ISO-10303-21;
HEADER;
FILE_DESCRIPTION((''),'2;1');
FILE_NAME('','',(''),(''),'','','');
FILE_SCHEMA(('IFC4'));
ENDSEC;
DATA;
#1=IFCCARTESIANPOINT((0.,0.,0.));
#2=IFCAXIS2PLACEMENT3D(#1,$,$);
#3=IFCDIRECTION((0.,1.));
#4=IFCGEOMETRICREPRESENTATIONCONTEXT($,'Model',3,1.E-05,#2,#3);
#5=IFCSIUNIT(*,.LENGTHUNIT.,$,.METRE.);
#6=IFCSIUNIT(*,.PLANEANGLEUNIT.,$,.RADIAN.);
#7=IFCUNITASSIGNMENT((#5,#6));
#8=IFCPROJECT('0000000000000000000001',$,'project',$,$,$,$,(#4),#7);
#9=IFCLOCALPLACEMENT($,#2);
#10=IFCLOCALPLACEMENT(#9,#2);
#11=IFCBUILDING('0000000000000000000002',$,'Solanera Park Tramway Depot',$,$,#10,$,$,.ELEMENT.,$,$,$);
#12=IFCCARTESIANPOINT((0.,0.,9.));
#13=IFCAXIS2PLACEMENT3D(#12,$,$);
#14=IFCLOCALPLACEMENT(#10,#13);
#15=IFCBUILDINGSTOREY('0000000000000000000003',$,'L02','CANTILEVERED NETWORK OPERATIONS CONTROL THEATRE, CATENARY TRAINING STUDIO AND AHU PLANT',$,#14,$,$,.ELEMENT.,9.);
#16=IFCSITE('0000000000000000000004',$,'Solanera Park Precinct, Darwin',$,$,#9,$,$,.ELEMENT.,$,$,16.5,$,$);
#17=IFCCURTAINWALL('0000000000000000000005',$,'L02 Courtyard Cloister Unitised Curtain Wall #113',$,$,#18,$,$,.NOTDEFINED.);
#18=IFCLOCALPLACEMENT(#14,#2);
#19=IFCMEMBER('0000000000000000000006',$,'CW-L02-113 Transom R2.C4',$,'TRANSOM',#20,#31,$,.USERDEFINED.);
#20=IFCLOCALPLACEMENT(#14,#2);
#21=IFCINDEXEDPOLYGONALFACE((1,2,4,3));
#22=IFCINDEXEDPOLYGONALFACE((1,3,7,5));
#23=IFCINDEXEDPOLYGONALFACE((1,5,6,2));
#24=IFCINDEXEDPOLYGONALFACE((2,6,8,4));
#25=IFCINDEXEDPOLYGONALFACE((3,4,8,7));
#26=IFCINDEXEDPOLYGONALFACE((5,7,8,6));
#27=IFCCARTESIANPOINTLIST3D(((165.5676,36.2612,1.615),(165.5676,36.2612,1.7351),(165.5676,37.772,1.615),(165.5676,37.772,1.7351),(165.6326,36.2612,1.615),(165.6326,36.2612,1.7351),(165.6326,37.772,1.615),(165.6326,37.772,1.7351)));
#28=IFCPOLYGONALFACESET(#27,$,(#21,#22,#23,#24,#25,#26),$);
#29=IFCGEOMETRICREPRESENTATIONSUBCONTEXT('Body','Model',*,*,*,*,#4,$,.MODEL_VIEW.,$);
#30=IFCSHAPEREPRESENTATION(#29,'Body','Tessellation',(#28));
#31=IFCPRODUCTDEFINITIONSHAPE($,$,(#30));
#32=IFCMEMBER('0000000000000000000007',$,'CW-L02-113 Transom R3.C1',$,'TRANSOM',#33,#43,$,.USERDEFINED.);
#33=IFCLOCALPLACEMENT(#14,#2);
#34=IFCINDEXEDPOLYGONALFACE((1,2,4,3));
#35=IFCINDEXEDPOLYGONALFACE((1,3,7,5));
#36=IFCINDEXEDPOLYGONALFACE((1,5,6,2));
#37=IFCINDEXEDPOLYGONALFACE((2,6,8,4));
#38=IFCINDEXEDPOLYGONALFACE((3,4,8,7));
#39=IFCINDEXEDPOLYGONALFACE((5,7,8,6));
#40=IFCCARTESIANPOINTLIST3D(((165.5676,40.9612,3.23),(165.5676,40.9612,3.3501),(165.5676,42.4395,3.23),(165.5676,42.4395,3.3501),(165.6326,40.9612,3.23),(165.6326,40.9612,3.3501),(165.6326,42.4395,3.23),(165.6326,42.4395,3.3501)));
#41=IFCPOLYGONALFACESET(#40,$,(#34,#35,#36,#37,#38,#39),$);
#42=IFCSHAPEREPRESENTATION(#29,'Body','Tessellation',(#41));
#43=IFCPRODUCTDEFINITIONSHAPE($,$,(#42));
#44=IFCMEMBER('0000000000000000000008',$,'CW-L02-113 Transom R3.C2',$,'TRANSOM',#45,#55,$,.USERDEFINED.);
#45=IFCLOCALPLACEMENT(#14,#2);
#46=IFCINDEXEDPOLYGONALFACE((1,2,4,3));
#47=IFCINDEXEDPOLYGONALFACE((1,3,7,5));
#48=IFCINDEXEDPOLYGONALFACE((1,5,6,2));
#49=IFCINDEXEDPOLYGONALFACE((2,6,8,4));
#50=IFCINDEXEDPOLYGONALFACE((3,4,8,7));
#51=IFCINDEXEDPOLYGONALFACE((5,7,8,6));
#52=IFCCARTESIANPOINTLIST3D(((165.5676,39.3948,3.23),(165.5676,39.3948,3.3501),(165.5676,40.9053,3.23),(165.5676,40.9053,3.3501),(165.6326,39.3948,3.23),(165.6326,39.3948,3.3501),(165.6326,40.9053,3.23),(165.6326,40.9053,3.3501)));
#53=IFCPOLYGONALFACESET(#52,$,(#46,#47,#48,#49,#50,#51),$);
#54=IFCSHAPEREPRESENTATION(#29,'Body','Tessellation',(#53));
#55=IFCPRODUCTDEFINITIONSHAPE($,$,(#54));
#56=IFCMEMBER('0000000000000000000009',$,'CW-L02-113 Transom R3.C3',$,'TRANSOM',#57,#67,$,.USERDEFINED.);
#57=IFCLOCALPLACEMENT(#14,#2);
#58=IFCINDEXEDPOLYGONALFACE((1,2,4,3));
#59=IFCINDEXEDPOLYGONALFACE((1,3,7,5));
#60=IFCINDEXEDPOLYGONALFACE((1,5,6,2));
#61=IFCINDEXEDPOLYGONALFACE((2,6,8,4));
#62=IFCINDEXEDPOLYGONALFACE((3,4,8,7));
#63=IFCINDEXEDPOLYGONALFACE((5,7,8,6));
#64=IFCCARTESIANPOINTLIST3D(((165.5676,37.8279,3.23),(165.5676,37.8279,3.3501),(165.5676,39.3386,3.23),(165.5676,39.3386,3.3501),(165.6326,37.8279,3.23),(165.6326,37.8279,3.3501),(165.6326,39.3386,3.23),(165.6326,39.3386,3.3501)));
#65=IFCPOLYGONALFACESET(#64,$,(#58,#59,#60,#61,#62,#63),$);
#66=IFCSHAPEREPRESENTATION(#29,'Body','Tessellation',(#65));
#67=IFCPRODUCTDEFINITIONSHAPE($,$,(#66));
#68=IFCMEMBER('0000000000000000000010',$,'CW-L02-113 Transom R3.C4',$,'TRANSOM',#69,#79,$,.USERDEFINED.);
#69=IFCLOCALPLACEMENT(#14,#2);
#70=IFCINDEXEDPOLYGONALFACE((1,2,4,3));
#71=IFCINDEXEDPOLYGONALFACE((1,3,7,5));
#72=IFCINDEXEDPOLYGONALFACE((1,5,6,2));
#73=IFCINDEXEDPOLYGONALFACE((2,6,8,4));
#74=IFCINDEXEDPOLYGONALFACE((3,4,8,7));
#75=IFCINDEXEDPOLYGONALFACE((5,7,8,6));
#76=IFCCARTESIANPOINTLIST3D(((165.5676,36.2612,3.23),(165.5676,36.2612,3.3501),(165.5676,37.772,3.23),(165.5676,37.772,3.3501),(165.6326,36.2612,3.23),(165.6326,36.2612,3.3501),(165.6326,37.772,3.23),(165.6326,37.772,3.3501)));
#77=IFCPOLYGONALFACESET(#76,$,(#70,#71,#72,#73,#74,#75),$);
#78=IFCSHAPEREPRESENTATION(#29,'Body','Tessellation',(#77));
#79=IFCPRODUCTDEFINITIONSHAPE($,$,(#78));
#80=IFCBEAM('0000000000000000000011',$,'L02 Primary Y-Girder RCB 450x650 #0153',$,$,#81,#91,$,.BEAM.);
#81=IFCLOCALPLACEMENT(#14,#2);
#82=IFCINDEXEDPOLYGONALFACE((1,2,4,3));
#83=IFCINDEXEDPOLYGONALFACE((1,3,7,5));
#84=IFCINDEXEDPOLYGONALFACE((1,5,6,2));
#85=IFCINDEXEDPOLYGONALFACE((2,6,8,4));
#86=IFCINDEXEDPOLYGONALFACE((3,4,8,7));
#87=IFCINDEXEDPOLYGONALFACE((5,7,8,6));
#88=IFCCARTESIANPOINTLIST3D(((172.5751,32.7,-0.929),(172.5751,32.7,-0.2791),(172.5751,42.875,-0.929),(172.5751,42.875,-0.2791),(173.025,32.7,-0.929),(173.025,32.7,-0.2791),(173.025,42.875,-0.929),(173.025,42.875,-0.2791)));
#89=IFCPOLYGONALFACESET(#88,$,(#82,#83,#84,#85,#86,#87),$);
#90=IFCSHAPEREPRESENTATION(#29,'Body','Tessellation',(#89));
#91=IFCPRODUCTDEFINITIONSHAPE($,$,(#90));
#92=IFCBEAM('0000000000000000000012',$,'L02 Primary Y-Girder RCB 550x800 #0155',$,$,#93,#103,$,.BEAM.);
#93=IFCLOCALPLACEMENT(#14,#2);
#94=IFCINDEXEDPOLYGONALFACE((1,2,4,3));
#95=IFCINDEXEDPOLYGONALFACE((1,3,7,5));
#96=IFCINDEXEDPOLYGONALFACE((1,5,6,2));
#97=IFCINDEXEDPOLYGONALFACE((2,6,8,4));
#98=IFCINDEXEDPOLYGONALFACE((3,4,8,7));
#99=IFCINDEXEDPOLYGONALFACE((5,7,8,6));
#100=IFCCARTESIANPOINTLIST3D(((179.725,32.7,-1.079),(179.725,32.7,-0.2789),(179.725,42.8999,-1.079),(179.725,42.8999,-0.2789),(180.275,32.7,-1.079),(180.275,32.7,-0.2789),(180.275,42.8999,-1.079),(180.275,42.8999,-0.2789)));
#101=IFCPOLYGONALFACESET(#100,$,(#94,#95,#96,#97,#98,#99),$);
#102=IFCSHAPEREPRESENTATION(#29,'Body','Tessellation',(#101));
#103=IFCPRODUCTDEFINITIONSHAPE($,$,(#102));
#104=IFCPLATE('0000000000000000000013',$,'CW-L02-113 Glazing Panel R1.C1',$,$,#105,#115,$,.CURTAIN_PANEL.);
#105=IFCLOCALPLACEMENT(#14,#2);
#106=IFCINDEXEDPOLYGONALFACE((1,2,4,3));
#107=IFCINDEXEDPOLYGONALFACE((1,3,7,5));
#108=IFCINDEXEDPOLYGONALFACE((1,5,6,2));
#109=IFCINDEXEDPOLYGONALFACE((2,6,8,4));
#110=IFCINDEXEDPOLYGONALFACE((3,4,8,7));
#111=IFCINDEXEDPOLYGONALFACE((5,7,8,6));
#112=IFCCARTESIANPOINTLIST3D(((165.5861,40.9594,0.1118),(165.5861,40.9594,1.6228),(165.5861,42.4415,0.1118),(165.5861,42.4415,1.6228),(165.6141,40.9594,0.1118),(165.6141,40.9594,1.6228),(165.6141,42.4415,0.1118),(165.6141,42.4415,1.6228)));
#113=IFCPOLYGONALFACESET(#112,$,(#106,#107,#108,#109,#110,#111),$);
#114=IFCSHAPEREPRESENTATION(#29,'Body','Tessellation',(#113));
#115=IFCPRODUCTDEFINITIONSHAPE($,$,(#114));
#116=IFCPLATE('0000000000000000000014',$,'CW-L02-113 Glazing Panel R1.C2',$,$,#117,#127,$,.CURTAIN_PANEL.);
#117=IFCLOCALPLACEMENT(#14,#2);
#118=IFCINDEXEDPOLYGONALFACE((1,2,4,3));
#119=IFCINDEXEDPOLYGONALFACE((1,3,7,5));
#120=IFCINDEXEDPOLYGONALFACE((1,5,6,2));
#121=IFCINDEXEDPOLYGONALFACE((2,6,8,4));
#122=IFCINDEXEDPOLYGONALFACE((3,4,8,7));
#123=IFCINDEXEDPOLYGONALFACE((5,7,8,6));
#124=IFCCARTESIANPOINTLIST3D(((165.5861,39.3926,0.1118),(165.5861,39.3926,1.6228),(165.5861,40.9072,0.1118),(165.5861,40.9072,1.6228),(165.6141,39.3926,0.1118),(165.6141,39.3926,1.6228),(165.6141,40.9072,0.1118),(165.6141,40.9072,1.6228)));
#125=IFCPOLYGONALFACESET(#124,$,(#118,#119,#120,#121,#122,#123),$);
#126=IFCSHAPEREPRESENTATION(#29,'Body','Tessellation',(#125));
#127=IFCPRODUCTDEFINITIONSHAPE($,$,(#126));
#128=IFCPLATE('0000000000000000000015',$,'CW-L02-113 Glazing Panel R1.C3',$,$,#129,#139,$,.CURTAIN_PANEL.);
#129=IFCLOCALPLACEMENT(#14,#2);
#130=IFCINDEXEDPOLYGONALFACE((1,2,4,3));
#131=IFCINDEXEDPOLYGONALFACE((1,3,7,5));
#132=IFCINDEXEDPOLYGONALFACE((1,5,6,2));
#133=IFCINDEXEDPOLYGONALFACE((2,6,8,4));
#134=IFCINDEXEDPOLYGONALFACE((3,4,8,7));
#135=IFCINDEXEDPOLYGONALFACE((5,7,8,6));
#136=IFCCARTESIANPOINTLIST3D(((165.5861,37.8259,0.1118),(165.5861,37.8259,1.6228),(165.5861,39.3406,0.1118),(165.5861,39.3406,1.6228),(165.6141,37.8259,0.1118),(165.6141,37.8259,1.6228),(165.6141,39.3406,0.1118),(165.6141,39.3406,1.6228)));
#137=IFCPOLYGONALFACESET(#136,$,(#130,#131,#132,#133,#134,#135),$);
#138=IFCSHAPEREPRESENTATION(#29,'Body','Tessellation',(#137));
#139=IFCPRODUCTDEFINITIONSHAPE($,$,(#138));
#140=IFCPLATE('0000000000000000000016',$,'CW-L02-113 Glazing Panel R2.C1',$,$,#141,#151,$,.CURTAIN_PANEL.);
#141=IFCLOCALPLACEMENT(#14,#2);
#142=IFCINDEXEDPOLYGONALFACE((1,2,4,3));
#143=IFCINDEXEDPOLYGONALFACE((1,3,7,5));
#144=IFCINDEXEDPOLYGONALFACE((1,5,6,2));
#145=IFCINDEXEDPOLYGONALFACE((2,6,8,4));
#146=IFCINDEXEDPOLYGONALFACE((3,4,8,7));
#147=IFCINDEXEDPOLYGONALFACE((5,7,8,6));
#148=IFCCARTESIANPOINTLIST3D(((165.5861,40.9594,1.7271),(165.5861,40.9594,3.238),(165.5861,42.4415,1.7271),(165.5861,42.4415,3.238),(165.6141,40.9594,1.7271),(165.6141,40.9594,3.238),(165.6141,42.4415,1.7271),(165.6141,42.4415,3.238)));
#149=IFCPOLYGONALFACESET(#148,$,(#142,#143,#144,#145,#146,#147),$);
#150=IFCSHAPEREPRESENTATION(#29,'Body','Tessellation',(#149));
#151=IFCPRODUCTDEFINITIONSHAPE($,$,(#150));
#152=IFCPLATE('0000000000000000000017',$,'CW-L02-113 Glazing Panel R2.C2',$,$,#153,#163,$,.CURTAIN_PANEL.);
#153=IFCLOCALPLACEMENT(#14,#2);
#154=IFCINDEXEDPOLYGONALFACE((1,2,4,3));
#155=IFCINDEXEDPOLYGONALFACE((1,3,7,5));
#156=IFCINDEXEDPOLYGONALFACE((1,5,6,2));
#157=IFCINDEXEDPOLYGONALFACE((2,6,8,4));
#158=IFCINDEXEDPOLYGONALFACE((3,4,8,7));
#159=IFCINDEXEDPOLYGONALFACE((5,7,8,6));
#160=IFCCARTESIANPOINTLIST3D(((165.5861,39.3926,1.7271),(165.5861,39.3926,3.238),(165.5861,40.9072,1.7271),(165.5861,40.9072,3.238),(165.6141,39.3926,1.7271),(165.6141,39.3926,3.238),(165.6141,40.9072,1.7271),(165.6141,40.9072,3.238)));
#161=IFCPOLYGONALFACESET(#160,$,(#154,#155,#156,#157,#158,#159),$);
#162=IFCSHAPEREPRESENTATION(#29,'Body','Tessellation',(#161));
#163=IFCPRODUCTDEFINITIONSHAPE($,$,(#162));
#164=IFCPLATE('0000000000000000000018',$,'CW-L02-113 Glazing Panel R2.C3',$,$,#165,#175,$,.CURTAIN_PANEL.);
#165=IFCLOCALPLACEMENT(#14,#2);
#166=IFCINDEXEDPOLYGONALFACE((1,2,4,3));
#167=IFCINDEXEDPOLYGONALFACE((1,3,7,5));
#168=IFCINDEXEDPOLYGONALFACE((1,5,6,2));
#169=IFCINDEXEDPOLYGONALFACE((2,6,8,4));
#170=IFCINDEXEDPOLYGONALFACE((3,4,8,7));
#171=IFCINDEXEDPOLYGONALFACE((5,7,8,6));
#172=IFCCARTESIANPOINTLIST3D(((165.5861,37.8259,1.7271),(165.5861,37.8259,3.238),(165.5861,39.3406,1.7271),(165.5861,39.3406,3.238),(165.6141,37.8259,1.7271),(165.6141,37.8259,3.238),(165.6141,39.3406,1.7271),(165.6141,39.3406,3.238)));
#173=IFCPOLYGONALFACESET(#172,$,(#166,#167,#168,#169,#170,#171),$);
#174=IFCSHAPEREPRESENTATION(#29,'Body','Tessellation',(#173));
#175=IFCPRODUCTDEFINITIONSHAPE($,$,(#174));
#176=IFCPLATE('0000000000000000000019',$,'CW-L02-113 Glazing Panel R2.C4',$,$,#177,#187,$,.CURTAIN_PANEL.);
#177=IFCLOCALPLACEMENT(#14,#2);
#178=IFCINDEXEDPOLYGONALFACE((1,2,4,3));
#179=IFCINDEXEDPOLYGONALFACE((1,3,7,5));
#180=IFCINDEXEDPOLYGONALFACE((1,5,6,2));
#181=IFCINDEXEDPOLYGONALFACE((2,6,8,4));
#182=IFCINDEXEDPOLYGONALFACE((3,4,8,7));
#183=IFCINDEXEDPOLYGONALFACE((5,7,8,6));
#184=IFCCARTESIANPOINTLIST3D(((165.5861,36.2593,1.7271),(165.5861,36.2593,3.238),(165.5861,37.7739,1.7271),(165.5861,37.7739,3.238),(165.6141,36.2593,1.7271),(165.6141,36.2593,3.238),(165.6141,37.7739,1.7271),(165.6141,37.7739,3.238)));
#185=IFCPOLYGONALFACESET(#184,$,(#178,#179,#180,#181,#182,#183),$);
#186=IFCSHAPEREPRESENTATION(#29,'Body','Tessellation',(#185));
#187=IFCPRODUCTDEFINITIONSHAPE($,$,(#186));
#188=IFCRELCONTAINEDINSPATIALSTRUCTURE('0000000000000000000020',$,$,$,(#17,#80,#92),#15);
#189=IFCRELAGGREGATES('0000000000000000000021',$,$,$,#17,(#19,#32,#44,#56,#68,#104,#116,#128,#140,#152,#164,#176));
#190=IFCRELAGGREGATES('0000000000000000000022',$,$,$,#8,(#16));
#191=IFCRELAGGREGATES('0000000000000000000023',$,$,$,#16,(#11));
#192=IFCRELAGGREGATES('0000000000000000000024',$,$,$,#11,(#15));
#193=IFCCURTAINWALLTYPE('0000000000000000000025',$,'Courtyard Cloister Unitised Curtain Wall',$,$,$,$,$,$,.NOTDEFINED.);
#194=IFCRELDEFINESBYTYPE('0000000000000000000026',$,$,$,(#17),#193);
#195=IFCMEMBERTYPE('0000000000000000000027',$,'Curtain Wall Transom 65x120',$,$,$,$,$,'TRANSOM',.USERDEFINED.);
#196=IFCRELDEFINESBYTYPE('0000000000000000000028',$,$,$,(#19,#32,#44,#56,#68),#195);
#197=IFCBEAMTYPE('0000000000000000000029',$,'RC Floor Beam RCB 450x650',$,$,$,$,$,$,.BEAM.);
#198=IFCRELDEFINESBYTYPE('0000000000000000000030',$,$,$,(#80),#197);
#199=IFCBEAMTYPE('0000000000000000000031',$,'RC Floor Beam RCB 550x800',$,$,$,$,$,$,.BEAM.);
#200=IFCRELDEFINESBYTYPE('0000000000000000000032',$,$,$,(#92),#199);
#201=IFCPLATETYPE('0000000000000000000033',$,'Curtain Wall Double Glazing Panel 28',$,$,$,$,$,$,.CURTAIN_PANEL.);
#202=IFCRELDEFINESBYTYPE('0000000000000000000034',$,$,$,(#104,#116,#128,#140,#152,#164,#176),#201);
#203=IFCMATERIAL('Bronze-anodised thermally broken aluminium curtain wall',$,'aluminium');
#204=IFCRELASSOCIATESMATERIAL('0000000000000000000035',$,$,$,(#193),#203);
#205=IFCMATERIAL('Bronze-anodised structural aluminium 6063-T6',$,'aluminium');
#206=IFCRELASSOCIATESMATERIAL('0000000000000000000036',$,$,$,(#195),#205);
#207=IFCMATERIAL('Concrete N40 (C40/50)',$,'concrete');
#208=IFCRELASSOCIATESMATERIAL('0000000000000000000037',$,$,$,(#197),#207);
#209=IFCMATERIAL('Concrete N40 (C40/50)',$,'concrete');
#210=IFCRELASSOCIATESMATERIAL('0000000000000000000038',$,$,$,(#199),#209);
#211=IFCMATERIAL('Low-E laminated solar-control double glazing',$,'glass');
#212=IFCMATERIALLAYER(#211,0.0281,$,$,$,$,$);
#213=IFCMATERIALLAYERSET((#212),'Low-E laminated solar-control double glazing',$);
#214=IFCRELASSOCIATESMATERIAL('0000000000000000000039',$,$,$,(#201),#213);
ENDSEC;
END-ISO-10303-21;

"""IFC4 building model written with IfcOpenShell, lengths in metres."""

from ifc_helpers import new_model, si_unit, direction, frame, origin, origin_2d, place, context, subcontext, project, spatial, rectangle, extrude, material, layer, layer_set, material_profile, profile_set, type_object, element, aggregate, save


model = new_model("IFC4")

# Units and contexts
model_context = context("Model", 3, precision=1e-05, world=origin(), true_north=direction((0.0, 1.0)))
body_context = subcontext(model_context, "Body", "Model", "MODEL_VIEW")
ifc_project = project(units=[si_unit("LENGTHUNIT", "METRE"), si_unit("PLANEANGLEUNIT", "RADIAN")], contexts=[model_context])

# Site, building, storey
site_placement = place(None, origin())
site = spatial("IfcSite", under=ifc_project, at=site_placement, Name="Solanera Park Precinct, Darwin", CompositionType="ELEMENT", RefElevation=16.5)
building_placement = place(site_placement, origin())
building = spatial("IfcBuilding", under=site, at=building_placement, Name="Solanera Park Tramway Depot", CompositionType="ELEMENT")
storey_placement = place(building_placement, frame((0.0, 0.0, 9.0)))
storey = spatial("IfcBuildingStorey", under=building, at=storey_placement, Name="L02", Description="CANTILEVERED NETWORK OPERATIONS CONTROL THEATRE, CATENARY TRAINING STUDIO AND AHU PLANT", CompositionType="ELEMENT", Elevation=9.0)

# Curtain wall, members
ifc_material_1 = material(Name="Bronze-anodised thermally broken aluminium curtain wall", Category="aluminium")
curtain_wall_type = type_object("IfcCurtainWallType", Name="Courtyard Cloister Unitised Curtain Wall", PredefinedType="NOTDEFINED", material=ifc_material_1)
curtain_wall_placement = place(storey_placement, origin())
curtain_wall = element("IfcCurtainWall", 1, at=curtain_wall_placement, inside=storey, type_object=curtain_wall_type, Name="L02 Courtyard Cloister Unitised Curtain Wall #113", PredefinedType="NOTDEFINED")
ifc_material_2 = material(Name="Bronze-anodised structural aluminium 6063-T6", Category="aluminium")
ifc_material_profile_1 = material_profile(ifc_material_2, rectangle(XDim=0.0649, YDim=0.1201, at=origin_2d()), Name="Curtain Wall Transom 65x120")
ifc_profile_set_1 = profile_set([ifc_material_profile_1], Name="Bronze-anodised structural aluminium 6063-T6")
member_type_1 = type_object("IfcMemberType", Name="Curtain Wall Transom 65x120", ElementType="TRANSOM", PredefinedType="USERDEFINED", material=ifc_profile_set_1)
member_1_placement = place(storey_placement, frame((165.6001, 37.772, 1.675), z_axis=(0.0, -1.0, 0.0), x_axis=(1.0, 0.0, 0.0)))
member_1 = element("IfcMember", 2, at=member_1_placement, type_object=member_type_1, Name="CW-L02-113 Transom R2.C4", ObjectType="TRANSOM", PredefinedType="USERDEFINED", context=body_context, shape_type="SweptSolid", body=[
    extrude(rectangle(XDim=0.0649, YDim=0.1201, at=origin_2d()), origin(), (0.0, 0.0, 1.0), 1.5107),
])
member_2_placement = place(storey_placement, frame((165.6001, 42.4395, 3.29), z_axis=(0.0, -1.0, 0.0), x_axis=(1.0, 0.0, 0.0)))
member_2 = element("IfcMember", 3, at=member_2_placement, type_object=member_type_1, Name="CW-L02-113 Transom R3.C1", ObjectType="TRANSOM", PredefinedType="USERDEFINED", context=body_context, shape_type="SweptSolid", body=[
    extrude(rectangle(XDim=0.0649, YDim=0.1201, at=origin_2d()), origin(), (0.0, 0.0, 1.0), 1.4783),
])
member_3_placement = place(storey_placement, frame((165.6001, 40.9053, 3.29), z_axis=(0.0, -1.0, 0.0), x_axis=(1.0, 0.0, 0.0)))
member_3 = element("IfcMember", 4, at=member_3_placement, type_object=member_type_1, Name="CW-L02-113 Transom R3.C2", ObjectType="TRANSOM", PredefinedType="USERDEFINED", context=body_context, shape_type="SweptSolid", body=[
    extrude(rectangle(XDim=0.0649, YDim=0.1201, at=origin_2d()), origin(), (0.0, 0.0, 1.0), 1.5105),
])
member_4_placement = place(storey_placement, frame((165.6001, 39.3386, 3.29), z_axis=(0.0, -1.0, 0.0), x_axis=(1.0, 0.0, 0.0)))
member_4 = element("IfcMember", 5, at=member_4_placement, type_object=member_type_1, Name="CW-L02-113 Transom R3.C3", ObjectType="TRANSOM", PredefinedType="USERDEFINED", context=body_context, shape_type="SweptSolid", body=[
    extrude(rectangle(XDim=0.0649, YDim=0.1201, at=origin_2d()), origin(), (0.0, 0.0, 1.0), 1.5107),
])
member_5_placement = place(storey_placement, frame((165.6001, 37.772, 3.29), z_axis=(0.0, -1.0, 0.0), x_axis=(1.0, 0.0, 0.0)))
member_5 = element("IfcMember", 6, at=member_5_placement, type_object=member_type_1, Name="CW-L02-113 Transom R3.C4", ObjectType="TRANSOM", PredefinedType="USERDEFINED", context=body_context, shape_type="SweptSolid", body=[
    extrude(rectangle(XDim=0.0649, YDim=0.1201, at=origin_2d()), origin(), (0.0, 0.0, 1.0), 1.5107),
])

# Beams
ifc_material_3 = material(Name="Concrete N40 (C40/50)", Category="concrete")
ifc_material_profile_2 = material_profile(ifc_material_3, rectangle(XDim=0.45, YDim=0.6499, at=origin_2d()), Name="RCB 450x650")
ifc_profile_set_2 = profile_set([ifc_material_profile_2], Name="Concrete N40 (C40/50)")
beam_type_1 = type_object("IfcBeamType", Name="RC Floor Beam RCB 450x650", PredefinedType="BEAM", material=ifc_profile_set_2)
beam_1_placement = place(storey_placement, frame((172.8, 32.7, -0.604), z_axis=(0.0, 1.0, 0.0), x_axis=(-1.0, 0.0, 0.0)))
element("IfcBeam", 7, at=beam_1_placement, inside=storey, type_object=beam_type_1, Name="L02 Primary Y-Girder RCB 450x650 #0153", PredefinedType="BEAM", context=body_context, shape_type="SweptSolid", body=[
    extrude(rectangle(XDim=0.45, YDim=0.6499, at=origin_2d()), origin(), (0.0, 0.0, 1.0), 10.175),
])
ifc_material_4 = material(Name="Concrete N40 (C40/50)", Category="concrete")
ifc_material_profile_3 = material_profile(ifc_material_4, rectangle(XDim=0.55, YDim=0.8, at=origin_2d()), Name="RCB 550x800")
ifc_profile_set_3 = profile_set([ifc_material_profile_3], Name="Concrete N40 (C40/50)")
beam_type_2 = type_object("IfcBeamType", Name="RC Floor Beam RCB 550x800", PredefinedType="BEAM", material=ifc_profile_set_3)
beam_2_placement = place(storey_placement, frame((180.0, 32.7, -0.679), z_axis=(0.0, 1.0, 0.0), x_axis=(-1.0, 0.0, 0.0)))
element("IfcBeam", 8, at=beam_2_placement, inside=storey, type_object=beam_type_2, Name="L02 Primary Y-Girder RCB 550x800 #0155", PredefinedType="BEAM", context=body_context, shape_type="SweptSolid", body=[
    extrude(rectangle(XDim=0.55, YDim=0.8, at=origin_2d()), origin(), (0.0, 0.0, 1.0), 10.2),
])

# Plates
ifc_material_5 = material(Name="Low-E laminated solar-control double glazing", Category="glass")
ifc_layer_1 = layer(ifc_material_5, 0.0281)
ifc_layer_set_1 = layer_set([ifc_layer_1], Name="Low-E laminated solar-control double glazing")
plate_type = type_object("IfcPlateType", Name="Curtain Wall Double Glazing Panel 28", PredefinedType="CURTAIN_PANEL", material=ifc_layer_set_1)
plate_1_placement = place(storey_placement, frame((165.6001, 41.7004, 0.1118), z_axis=(0.0, 0.0, 1.0), x_axis=(0.0, -1.0, 0.0)))
plate_1 = element("IfcPlate", 9, at=plate_1_placement, type_object=plate_type, Name="CW-L02-113 Glazing Panel R1.C1", PredefinedType="CURTAIN_PANEL", context=body_context, shape_type="SweptSolid", body=[
    extrude(rectangle(XDim=1.4822, YDim=0.0281, at=origin_2d()), origin(), (0.0, 0.0, 1.0), 1.511),
])
plate_2_placement = place(storey_placement, frame((165.6001, 40.1499, 0.1118), z_axis=(0.0, 0.0, 1.0), x_axis=(0.0, -1.0, 0.0)))
plate_2 = element("IfcPlate", 10, at=plate_2_placement, type_object=plate_type, Name="CW-L02-113 Glazing Panel R1.C2", PredefinedType="CURTAIN_PANEL", context=body_context, shape_type="SweptSolid", body=[
    extrude(rectangle(XDim=1.5146, YDim=0.0281, at=origin_2d()), origin(), (0.0, 0.0, 1.0), 1.511),
])
plate_3_placement = place(storey_placement, frame((165.6001, 38.5833, 0.1118), z_axis=(0.0, 0.0, 1.0), x_axis=(0.0, -1.0, 0.0)))
plate_3 = element("IfcPlate", 11, at=plate_3_placement, type_object=plate_type, Name="CW-L02-113 Glazing Panel R1.C3", PredefinedType="CURTAIN_PANEL", context=body_context, shape_type="SweptSolid", body=[
    extrude(rectangle(XDim=1.5146, YDim=0.0281, at=origin_2d()), origin(), (0.0, 0.0, 1.0), 1.511),
])
plate_4_placement = place(storey_placement, frame((165.6001, 41.7004, 1.7271), z_axis=(0.0, 0.0, 1.0), x_axis=(0.0, -1.0, 0.0)))
plate_4 = element("IfcPlate", 12, at=plate_4_placement, type_object=plate_type, Name="CW-L02-113 Glazing Panel R2.C1", PredefinedType="CURTAIN_PANEL", context=body_context, shape_type="SweptSolid", body=[
    extrude(rectangle(XDim=1.4822, YDim=0.0281, at=origin_2d()), origin(), (0.0, 0.0, 1.0), 1.511),
])
plate_5_placement = place(storey_placement, frame((165.6001, 40.1499, 1.7271), z_axis=(0.0, 0.0, 1.0), x_axis=(0.0, -1.0, 0.0)))
plate_5 = element("IfcPlate", 13, at=plate_5_placement, type_object=plate_type, Name="CW-L02-113 Glazing Panel R2.C2", PredefinedType="CURTAIN_PANEL", context=body_context, shape_type="SweptSolid", body=[
    extrude(rectangle(XDim=1.5146, YDim=0.0281, at=origin_2d()), origin(), (0.0, 0.0, 1.0), 1.511),
])
plate_6_placement = place(storey_placement, frame((165.6001, 38.5833, 1.7271), z_axis=(0.0, 0.0, 1.0), x_axis=(0.0, -1.0, 0.0)))
plate_6 = element("IfcPlate", 14, at=plate_6_placement, type_object=plate_type, Name="CW-L02-113 Glazing Panel R2.C3", PredefinedType="CURTAIN_PANEL", context=body_context, shape_type="SweptSolid", body=[
    extrude(rectangle(XDim=1.5146, YDim=0.0281, at=origin_2d()), origin(), (0.0, 0.0, 1.0), 1.511),
])
plate_7_placement = place(storey_placement, frame((165.6001, 37.0166, 1.7271), z_axis=(0.0, 0.0, 1.0), x_axis=(0.0, -1.0, 0.0)))
plate_7 = element("IfcPlate", 15, at=plate_7_placement, type_object=plate_type, Name="CW-L02-113 Glazing Panel R2.C4", PredefinedType="CURTAIN_PANEL", context=body_context, shape_type="SweptSolid", body=[
    extrude(rectangle(XDim=1.5146, YDim=0.0281, at=origin_2d()), origin(), (0.0, 0.0, 1.0), 1.511),
])
aggregate(curtain_wall, [member_1, member_2, member_3, member_4, member_5, plate_1, plate_2, plate_3, plate_4, plate_5, plate_6, plate_7])

save(model, "model.ifc")
